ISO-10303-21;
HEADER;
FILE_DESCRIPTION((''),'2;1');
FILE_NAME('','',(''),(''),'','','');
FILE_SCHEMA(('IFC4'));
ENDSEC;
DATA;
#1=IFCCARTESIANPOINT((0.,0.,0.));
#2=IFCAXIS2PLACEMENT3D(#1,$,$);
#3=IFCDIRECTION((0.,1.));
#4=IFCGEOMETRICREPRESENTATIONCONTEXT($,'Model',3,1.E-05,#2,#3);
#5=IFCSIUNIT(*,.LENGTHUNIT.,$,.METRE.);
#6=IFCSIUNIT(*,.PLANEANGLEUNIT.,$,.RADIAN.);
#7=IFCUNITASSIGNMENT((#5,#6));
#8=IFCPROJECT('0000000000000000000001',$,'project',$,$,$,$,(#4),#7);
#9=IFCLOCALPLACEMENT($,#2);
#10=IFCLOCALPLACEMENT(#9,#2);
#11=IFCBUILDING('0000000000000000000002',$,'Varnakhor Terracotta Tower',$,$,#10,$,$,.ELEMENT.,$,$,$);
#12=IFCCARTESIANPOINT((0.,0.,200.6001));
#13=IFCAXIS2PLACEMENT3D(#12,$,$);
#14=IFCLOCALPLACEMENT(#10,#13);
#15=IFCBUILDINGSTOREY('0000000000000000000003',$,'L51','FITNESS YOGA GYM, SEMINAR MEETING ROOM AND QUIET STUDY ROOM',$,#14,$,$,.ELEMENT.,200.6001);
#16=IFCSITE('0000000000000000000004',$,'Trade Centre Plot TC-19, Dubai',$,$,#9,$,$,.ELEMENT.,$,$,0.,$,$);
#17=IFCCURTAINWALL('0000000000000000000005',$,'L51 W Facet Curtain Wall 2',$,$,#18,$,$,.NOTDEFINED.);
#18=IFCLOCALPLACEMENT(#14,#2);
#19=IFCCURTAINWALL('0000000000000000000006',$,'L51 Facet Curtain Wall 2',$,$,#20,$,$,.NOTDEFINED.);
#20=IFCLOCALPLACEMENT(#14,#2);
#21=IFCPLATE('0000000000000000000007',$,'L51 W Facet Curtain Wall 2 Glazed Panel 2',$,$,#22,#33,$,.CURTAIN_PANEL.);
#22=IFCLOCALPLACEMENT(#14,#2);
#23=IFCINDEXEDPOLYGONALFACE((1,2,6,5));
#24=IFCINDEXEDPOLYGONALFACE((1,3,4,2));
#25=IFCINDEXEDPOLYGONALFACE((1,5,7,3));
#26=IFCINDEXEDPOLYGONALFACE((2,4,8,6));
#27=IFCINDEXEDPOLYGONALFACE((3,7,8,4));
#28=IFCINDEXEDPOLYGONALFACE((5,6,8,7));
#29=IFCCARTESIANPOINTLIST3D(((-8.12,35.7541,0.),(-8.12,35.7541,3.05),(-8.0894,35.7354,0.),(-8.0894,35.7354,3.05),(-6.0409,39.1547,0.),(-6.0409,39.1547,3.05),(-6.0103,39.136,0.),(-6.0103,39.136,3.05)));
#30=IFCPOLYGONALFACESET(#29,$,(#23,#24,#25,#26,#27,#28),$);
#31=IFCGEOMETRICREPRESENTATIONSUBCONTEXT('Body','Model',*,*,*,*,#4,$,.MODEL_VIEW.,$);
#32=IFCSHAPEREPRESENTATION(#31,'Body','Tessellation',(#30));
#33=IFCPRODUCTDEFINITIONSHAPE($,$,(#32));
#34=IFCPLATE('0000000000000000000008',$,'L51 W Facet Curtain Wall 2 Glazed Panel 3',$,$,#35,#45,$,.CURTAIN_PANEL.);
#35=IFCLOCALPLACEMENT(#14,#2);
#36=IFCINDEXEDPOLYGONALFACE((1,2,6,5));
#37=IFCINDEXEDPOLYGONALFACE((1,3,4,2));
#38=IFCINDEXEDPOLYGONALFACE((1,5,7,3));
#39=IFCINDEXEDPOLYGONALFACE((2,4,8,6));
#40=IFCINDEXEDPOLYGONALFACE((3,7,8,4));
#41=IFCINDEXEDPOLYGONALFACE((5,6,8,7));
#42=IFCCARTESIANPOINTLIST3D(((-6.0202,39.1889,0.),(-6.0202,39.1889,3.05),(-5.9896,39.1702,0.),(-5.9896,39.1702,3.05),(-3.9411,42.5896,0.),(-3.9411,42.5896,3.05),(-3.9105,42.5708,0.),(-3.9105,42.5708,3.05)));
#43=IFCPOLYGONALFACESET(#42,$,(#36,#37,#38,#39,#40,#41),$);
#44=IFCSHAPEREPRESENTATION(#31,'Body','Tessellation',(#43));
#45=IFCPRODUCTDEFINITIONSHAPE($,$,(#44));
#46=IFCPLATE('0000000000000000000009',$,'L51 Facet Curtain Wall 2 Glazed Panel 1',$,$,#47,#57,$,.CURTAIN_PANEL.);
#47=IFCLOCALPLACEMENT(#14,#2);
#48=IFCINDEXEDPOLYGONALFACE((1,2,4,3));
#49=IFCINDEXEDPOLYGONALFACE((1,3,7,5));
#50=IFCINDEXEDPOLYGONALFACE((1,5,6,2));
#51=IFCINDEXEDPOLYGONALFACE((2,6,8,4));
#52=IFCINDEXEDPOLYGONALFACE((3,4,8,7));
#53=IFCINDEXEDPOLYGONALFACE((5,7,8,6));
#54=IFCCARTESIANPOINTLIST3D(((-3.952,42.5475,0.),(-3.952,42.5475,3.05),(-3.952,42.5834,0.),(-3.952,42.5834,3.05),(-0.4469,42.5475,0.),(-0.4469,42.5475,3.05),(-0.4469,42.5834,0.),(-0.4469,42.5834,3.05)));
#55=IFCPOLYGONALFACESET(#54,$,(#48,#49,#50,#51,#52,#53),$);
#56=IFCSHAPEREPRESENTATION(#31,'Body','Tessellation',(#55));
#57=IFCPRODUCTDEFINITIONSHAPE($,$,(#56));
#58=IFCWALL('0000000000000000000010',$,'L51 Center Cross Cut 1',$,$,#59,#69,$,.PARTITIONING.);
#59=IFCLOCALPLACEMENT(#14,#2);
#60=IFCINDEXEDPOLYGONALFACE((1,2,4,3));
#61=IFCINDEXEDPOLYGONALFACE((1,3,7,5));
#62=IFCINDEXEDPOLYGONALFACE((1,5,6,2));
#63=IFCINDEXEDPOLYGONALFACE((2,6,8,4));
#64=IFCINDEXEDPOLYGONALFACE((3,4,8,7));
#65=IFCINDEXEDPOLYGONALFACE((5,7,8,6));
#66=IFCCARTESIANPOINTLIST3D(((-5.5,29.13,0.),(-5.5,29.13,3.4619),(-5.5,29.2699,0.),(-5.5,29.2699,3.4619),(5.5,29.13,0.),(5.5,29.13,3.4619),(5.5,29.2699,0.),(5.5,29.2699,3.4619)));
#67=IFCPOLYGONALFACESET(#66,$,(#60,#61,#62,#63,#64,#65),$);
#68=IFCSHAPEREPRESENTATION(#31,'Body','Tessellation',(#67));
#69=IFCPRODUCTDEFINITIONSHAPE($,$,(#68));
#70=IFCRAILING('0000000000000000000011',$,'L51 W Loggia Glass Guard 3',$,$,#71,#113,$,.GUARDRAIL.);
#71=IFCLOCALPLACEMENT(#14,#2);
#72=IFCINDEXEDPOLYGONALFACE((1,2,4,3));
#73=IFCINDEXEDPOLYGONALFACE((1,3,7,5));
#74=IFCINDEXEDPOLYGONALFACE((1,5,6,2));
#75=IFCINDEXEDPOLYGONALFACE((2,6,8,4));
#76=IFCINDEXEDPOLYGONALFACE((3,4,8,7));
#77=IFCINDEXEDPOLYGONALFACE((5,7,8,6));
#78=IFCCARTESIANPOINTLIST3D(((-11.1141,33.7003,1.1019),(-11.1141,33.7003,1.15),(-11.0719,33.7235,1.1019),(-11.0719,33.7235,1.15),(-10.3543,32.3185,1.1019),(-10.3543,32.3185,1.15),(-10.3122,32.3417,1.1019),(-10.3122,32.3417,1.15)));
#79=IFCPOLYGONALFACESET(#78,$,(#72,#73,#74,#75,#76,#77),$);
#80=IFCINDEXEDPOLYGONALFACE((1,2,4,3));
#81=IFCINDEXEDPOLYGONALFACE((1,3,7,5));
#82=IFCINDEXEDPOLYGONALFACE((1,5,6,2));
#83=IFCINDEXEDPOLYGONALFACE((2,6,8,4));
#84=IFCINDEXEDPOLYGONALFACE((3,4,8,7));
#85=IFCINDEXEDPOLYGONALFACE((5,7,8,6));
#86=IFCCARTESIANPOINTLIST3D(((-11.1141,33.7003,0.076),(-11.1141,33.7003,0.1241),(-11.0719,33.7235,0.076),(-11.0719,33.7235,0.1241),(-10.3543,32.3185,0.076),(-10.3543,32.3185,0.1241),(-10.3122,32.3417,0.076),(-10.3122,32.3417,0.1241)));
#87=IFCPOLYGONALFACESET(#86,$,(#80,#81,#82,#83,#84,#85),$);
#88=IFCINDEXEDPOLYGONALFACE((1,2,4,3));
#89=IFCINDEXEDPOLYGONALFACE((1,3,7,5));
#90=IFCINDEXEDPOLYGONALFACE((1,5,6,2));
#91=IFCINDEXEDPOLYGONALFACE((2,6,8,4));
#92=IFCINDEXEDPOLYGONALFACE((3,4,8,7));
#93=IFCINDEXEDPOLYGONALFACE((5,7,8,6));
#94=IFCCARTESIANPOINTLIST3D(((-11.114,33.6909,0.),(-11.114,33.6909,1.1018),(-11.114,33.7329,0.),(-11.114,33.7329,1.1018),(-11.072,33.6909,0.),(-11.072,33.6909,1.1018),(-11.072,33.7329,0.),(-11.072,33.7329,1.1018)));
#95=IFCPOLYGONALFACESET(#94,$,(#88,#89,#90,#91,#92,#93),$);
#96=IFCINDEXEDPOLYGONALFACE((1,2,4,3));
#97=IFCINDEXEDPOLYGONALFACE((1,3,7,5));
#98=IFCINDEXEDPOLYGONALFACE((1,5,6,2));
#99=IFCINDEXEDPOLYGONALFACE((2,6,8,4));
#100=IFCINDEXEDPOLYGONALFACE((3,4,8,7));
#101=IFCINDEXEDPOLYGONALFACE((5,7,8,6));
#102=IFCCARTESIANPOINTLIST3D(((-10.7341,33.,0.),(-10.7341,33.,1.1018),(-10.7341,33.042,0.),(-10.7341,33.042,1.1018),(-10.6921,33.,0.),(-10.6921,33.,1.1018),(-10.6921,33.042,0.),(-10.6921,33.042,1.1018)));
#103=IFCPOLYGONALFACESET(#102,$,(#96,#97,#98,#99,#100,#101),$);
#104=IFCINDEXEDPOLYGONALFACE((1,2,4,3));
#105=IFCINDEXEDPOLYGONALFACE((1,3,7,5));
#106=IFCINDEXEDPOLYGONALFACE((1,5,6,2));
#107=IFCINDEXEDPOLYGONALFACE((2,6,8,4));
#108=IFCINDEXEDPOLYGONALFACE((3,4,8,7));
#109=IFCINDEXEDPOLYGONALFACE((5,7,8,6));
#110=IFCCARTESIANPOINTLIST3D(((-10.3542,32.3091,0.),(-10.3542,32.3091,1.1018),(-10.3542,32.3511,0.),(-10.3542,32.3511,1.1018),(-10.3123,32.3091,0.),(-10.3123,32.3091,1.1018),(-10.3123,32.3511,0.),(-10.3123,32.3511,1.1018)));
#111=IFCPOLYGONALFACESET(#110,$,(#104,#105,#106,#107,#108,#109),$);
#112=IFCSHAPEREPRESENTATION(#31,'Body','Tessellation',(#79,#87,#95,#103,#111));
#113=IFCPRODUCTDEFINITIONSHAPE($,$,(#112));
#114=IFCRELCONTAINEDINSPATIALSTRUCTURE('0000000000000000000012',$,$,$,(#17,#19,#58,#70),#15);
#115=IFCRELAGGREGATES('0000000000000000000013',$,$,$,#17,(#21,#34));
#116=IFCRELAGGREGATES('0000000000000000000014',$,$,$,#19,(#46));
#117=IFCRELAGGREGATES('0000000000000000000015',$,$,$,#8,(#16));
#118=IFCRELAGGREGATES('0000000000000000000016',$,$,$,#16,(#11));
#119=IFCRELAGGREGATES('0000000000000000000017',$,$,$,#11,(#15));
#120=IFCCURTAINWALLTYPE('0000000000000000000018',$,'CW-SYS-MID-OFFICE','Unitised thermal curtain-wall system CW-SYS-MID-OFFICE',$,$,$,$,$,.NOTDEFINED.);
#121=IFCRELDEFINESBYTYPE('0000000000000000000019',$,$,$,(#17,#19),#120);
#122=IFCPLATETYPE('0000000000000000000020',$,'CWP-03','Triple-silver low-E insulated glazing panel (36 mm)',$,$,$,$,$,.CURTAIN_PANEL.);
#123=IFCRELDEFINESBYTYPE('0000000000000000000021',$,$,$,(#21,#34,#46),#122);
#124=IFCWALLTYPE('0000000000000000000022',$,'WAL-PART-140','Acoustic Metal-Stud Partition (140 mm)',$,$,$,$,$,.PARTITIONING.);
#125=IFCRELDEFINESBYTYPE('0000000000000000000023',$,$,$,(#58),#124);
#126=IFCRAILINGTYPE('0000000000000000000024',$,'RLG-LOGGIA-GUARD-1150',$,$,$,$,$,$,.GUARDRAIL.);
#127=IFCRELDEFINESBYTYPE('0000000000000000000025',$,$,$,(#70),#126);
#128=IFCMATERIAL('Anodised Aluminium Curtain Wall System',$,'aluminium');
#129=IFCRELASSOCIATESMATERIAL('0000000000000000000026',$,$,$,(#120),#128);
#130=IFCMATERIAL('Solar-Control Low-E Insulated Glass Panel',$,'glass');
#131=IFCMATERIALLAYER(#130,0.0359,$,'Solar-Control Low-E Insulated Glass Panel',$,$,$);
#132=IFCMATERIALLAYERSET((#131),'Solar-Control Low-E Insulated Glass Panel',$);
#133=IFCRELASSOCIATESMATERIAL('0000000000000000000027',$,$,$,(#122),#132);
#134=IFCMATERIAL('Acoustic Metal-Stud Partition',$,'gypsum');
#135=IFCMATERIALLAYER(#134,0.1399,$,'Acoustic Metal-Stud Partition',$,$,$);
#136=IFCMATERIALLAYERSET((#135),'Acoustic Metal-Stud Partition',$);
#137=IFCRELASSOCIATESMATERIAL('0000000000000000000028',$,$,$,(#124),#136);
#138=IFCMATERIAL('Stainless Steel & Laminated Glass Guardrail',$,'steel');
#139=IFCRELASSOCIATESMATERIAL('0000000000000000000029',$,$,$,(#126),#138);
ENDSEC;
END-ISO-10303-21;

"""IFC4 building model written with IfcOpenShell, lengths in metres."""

from ifc_helpers import new_model, si_unit, direction, frame, frame_2d, origin, origin_2d, place, context, subcontext, project, spatial, rectangle, extrude, source, transform, mapped, material, layer, layer_set, type_object, element, aggregate, save


model = new_model("IFC4")

# Units and contexts
model_context = context("Model", 3, precision=1e-05, world=origin(), true_north=direction((0.0, 1.0)))
body_context = subcontext(model_context, "Body", "Model", "MODEL_VIEW")
ifc_project = project(units=[si_unit("LENGTHUNIT", "METRE"), si_unit("PLANEANGLEUNIT", "RADIAN")], contexts=[model_context])

# Site, building, storey
site_placement = place(None, origin())
site = spatial("IfcSite", under=ifc_project, at=site_placement, Name="Trade Centre Plot TC-19, Dubai", CompositionType="ELEMENT", RefElevation=0.0)
building_placement = place(site_placement, origin())
building = spatial("IfcBuilding", under=site, at=building_placement, Name="Varnakhor Terracotta Tower", CompositionType="ELEMENT")
storey_placement = place(building_placement, frame((0.0, 0.0, 200.6001)))
storey = spatial("IfcBuildingStorey", under=building, at=storey_placement, Name="L51", Description="FITNESS YOGA GYM, SEMINAR MEETING ROOM AND QUIET STUDY ROOM", CompositionType="ELEMENT", Elevation=200.6001)

# Curtain wall
ifc_material_1 = material(Name="Anodised Aluminium Curtain Wall System", Category="aluminium")
curtain_wall_type = type_object("IfcCurtainWallType", Name="CW-SYS-MID-OFFICE", Description="Unitised thermal curtain-wall system CW-SYS-MID-OFFICE", PredefinedType="NOTDEFINED", material=ifc_material_1)
curtain_wall_1_placement = place(storey_placement, origin())
curtain_wall_1 = element("IfcCurtainWall", 1, at=curtain_wall_1_placement, inside=storey, type_object=curtain_wall_type, Name="L51 W Facet Curtain Wall 2", PredefinedType="NOTDEFINED")

# Curtain wall
curtain_wall_2_placement = place(storey_placement, origin())
curtain_wall_2 = element("IfcCurtainWall", 2, at=curtain_wall_2_placement, inside=storey, type_object=curtain_wall_type, Name="L51 Facet Curtain Wall 2", PredefinedType="NOTDEFINED")

# Plates
ifc_material_2 = material(Name="Solar-Control Low-E Insulated Glass Panel", Category="glass")
ifc_layer_1 = layer(ifc_material_2, 0.0359, Name="Solar-Control Low-E Insulated Glass Panel")
ifc_layer_set_1 = layer_set([ifc_layer_1], Name="Solar-Control Low-E Insulated Glass Panel")
plate_type = type_object("IfcPlateType", Name="CWP-03", Description="Triple-silver low-E insulated glazing panel (36 mm)", PredefinedType="CURTAIN_PANEL", material=ifc_layer_set_1)
shared_shape_1 = source(origin(), body_context, "Body", "SweptSolid", [
    extrude(rectangle(XDim=3.9858, YDim=0.0359, at=origin_2d()), origin(), (0.0, 0.0, 1.0), 3.05),
])
plate_1_placement = place(storey_placement, frame((-7.0652, 37.4451, 0.0), z_axis=(0.0, 0.0, 1.0), x_axis=(0.52162, 0.853178, 0.0)))
plate_1 = element("IfcPlate", 3, at=plate_1_placement, type_object=plate_type, Name="L51 W Facet Curtain Wall 2 Glazed Panel 2", PredefinedType="CURTAIN_PANEL", context=body_context, shape_type="MappedRepresentation", body=[
    mapped(shared_shape_1, transform((0.0, 0.0, 0.0), scale=1.0)),
])
plate_2_placement = place(storey_placement, frame((-4.9653, 40.8799, 0.0), z_axis=(0.0, 0.0, 1.0), x_axis=(0.52162, 0.853178, 0.0)))
plate_2 = element("IfcPlate", 4, at=plate_2_placement, type_object=plate_type, Name="L51 W Facet Curtain Wall 2 Glazed Panel 3", PredefinedType="CURTAIN_PANEL", context=body_context, shape_type="MappedRepresentation", body=[
    mapped(shared_shape_1, transform((0.0, 0.0, 0.0), scale=1.0)),
])
aggregate(curtain_wall_1, [plate_1, plate_2])
shared_shape_2 = source(origin(), body_context, "Body", "SweptSolid", [
    extrude(rectangle(XDim=3.5051, YDim=0.0359, at=origin_2d()), origin(), (0.0, 0.0, 1.0), 3.05),
])
plate_3_placement = place(storey_placement, frame((-2.1995, 42.5654, 0.0), z_axis=(0.0, 0.0, 1.0), x_axis=(1.0, 0.0, 0.0)))
plate_3 = element("IfcPlate", 5, at=plate_3_placement, type_object=plate_type, Name="L51 Facet Curtain Wall 2 Glazed Panel 1", PredefinedType="CURTAIN_PANEL", context=body_context, shape_type="MappedRepresentation", body=[
    mapped(shared_shape_2, transform((0.0, 0.0, 0.0), scale=1.0)),
])
aggregate(curtain_wall_2, [plate_3])

# Wall
ifc_material_3 = material(Name="Acoustic Metal-Stud Partition", Category="gypsum")
ifc_layer_2 = layer(ifc_material_3, 0.1399, Name="Acoustic Metal-Stud Partition")
ifc_layer_set_2 = layer_set([ifc_layer_2], Name="Acoustic Metal-Stud Partition")
wall_type = type_object("IfcWallType", Name="WAL-PART-140", Description="Acoustic Metal-Stud Partition (140 mm)", PredefinedType="PARTITIONING", material=ifc_layer_set_2)
wall_placement = place(storey_placement, frame((-5.5, 29.2, 0.0), z_axis=(0.0, 0.0, 1.0), x_axis=(1.0, 0.0, 0.0)))
element("IfcWall", 6, at=wall_placement, inside=storey, type_object=wall_type, Name="L51 Center Cross Cut 1", PredefinedType="PARTITIONING", context=body_context, shape_type="SweptSolid", body=[
    extrude(rectangle(XDim=11.0, YDim=0.1399, at=frame_2d((5.5, 0.0))), origin(), (0.0, 0.0, 1.0), 3.4619),
])

# Railing
ifc_material_4 = material(Name="Stainless Steel & Laminated Glass Guardrail", Category="steel")
railing_type = type_object("IfcRailingType", Name="RLG-LOGGIA-GUARD-1150", PredefinedType="GUARDRAIL", material=ifc_material_4)
railing_placement = place(storey_placement, frame((-11.093, 33.7119, 0.0)))
element("IfcRailing", 7, at=railing_placement, inside=storey, type_object=railing_type, Name="L51 W Loggia Glass Guard 3", PredefinedType="GUARDRAIL", context=body_context, shape_type="SweptSolid", body=[
    extrude(rectangle(XDim=0.0481, YDim=0.0481, at=origin_2d()), frame((0.0, 0.0, 1.126), z_axis=(0.4818, -0.876281, 0.0), x_axis=(0.876281, 0.4818, 0.0)), (0.0, 0.0, 1.0), 1.5769),
    extrude(rectangle(XDim=0.0481, YDim=0.0481, at=origin_2d()), frame((0.0, 0.0, 0.1001), z_axis=(0.4818, -0.876281, 0.0), x_axis=(0.876281, 0.4818, 0.0)), (0.0, 0.0, 1.0), 1.5769),
    extrude(rectangle(XDim=0.042, YDim=0.042, at=origin_2d()), origin(), (0.0, 0.0, 1.0), 1.1018),
    extrude(rectangle(XDim=0.042, YDim=0.042, at=origin_2d()), frame((0.3799, -0.6909, 0.0)), (0.0, 0.0, 1.0), 1.1018),
    extrude(rectangle(XDim=0.042, YDim=0.042, at=origin_2d()), frame((0.7598, -1.3818, 0.0)), (0.0, 0.0, 1.0), 1.1018),
])

save(model, "model.ifc")
